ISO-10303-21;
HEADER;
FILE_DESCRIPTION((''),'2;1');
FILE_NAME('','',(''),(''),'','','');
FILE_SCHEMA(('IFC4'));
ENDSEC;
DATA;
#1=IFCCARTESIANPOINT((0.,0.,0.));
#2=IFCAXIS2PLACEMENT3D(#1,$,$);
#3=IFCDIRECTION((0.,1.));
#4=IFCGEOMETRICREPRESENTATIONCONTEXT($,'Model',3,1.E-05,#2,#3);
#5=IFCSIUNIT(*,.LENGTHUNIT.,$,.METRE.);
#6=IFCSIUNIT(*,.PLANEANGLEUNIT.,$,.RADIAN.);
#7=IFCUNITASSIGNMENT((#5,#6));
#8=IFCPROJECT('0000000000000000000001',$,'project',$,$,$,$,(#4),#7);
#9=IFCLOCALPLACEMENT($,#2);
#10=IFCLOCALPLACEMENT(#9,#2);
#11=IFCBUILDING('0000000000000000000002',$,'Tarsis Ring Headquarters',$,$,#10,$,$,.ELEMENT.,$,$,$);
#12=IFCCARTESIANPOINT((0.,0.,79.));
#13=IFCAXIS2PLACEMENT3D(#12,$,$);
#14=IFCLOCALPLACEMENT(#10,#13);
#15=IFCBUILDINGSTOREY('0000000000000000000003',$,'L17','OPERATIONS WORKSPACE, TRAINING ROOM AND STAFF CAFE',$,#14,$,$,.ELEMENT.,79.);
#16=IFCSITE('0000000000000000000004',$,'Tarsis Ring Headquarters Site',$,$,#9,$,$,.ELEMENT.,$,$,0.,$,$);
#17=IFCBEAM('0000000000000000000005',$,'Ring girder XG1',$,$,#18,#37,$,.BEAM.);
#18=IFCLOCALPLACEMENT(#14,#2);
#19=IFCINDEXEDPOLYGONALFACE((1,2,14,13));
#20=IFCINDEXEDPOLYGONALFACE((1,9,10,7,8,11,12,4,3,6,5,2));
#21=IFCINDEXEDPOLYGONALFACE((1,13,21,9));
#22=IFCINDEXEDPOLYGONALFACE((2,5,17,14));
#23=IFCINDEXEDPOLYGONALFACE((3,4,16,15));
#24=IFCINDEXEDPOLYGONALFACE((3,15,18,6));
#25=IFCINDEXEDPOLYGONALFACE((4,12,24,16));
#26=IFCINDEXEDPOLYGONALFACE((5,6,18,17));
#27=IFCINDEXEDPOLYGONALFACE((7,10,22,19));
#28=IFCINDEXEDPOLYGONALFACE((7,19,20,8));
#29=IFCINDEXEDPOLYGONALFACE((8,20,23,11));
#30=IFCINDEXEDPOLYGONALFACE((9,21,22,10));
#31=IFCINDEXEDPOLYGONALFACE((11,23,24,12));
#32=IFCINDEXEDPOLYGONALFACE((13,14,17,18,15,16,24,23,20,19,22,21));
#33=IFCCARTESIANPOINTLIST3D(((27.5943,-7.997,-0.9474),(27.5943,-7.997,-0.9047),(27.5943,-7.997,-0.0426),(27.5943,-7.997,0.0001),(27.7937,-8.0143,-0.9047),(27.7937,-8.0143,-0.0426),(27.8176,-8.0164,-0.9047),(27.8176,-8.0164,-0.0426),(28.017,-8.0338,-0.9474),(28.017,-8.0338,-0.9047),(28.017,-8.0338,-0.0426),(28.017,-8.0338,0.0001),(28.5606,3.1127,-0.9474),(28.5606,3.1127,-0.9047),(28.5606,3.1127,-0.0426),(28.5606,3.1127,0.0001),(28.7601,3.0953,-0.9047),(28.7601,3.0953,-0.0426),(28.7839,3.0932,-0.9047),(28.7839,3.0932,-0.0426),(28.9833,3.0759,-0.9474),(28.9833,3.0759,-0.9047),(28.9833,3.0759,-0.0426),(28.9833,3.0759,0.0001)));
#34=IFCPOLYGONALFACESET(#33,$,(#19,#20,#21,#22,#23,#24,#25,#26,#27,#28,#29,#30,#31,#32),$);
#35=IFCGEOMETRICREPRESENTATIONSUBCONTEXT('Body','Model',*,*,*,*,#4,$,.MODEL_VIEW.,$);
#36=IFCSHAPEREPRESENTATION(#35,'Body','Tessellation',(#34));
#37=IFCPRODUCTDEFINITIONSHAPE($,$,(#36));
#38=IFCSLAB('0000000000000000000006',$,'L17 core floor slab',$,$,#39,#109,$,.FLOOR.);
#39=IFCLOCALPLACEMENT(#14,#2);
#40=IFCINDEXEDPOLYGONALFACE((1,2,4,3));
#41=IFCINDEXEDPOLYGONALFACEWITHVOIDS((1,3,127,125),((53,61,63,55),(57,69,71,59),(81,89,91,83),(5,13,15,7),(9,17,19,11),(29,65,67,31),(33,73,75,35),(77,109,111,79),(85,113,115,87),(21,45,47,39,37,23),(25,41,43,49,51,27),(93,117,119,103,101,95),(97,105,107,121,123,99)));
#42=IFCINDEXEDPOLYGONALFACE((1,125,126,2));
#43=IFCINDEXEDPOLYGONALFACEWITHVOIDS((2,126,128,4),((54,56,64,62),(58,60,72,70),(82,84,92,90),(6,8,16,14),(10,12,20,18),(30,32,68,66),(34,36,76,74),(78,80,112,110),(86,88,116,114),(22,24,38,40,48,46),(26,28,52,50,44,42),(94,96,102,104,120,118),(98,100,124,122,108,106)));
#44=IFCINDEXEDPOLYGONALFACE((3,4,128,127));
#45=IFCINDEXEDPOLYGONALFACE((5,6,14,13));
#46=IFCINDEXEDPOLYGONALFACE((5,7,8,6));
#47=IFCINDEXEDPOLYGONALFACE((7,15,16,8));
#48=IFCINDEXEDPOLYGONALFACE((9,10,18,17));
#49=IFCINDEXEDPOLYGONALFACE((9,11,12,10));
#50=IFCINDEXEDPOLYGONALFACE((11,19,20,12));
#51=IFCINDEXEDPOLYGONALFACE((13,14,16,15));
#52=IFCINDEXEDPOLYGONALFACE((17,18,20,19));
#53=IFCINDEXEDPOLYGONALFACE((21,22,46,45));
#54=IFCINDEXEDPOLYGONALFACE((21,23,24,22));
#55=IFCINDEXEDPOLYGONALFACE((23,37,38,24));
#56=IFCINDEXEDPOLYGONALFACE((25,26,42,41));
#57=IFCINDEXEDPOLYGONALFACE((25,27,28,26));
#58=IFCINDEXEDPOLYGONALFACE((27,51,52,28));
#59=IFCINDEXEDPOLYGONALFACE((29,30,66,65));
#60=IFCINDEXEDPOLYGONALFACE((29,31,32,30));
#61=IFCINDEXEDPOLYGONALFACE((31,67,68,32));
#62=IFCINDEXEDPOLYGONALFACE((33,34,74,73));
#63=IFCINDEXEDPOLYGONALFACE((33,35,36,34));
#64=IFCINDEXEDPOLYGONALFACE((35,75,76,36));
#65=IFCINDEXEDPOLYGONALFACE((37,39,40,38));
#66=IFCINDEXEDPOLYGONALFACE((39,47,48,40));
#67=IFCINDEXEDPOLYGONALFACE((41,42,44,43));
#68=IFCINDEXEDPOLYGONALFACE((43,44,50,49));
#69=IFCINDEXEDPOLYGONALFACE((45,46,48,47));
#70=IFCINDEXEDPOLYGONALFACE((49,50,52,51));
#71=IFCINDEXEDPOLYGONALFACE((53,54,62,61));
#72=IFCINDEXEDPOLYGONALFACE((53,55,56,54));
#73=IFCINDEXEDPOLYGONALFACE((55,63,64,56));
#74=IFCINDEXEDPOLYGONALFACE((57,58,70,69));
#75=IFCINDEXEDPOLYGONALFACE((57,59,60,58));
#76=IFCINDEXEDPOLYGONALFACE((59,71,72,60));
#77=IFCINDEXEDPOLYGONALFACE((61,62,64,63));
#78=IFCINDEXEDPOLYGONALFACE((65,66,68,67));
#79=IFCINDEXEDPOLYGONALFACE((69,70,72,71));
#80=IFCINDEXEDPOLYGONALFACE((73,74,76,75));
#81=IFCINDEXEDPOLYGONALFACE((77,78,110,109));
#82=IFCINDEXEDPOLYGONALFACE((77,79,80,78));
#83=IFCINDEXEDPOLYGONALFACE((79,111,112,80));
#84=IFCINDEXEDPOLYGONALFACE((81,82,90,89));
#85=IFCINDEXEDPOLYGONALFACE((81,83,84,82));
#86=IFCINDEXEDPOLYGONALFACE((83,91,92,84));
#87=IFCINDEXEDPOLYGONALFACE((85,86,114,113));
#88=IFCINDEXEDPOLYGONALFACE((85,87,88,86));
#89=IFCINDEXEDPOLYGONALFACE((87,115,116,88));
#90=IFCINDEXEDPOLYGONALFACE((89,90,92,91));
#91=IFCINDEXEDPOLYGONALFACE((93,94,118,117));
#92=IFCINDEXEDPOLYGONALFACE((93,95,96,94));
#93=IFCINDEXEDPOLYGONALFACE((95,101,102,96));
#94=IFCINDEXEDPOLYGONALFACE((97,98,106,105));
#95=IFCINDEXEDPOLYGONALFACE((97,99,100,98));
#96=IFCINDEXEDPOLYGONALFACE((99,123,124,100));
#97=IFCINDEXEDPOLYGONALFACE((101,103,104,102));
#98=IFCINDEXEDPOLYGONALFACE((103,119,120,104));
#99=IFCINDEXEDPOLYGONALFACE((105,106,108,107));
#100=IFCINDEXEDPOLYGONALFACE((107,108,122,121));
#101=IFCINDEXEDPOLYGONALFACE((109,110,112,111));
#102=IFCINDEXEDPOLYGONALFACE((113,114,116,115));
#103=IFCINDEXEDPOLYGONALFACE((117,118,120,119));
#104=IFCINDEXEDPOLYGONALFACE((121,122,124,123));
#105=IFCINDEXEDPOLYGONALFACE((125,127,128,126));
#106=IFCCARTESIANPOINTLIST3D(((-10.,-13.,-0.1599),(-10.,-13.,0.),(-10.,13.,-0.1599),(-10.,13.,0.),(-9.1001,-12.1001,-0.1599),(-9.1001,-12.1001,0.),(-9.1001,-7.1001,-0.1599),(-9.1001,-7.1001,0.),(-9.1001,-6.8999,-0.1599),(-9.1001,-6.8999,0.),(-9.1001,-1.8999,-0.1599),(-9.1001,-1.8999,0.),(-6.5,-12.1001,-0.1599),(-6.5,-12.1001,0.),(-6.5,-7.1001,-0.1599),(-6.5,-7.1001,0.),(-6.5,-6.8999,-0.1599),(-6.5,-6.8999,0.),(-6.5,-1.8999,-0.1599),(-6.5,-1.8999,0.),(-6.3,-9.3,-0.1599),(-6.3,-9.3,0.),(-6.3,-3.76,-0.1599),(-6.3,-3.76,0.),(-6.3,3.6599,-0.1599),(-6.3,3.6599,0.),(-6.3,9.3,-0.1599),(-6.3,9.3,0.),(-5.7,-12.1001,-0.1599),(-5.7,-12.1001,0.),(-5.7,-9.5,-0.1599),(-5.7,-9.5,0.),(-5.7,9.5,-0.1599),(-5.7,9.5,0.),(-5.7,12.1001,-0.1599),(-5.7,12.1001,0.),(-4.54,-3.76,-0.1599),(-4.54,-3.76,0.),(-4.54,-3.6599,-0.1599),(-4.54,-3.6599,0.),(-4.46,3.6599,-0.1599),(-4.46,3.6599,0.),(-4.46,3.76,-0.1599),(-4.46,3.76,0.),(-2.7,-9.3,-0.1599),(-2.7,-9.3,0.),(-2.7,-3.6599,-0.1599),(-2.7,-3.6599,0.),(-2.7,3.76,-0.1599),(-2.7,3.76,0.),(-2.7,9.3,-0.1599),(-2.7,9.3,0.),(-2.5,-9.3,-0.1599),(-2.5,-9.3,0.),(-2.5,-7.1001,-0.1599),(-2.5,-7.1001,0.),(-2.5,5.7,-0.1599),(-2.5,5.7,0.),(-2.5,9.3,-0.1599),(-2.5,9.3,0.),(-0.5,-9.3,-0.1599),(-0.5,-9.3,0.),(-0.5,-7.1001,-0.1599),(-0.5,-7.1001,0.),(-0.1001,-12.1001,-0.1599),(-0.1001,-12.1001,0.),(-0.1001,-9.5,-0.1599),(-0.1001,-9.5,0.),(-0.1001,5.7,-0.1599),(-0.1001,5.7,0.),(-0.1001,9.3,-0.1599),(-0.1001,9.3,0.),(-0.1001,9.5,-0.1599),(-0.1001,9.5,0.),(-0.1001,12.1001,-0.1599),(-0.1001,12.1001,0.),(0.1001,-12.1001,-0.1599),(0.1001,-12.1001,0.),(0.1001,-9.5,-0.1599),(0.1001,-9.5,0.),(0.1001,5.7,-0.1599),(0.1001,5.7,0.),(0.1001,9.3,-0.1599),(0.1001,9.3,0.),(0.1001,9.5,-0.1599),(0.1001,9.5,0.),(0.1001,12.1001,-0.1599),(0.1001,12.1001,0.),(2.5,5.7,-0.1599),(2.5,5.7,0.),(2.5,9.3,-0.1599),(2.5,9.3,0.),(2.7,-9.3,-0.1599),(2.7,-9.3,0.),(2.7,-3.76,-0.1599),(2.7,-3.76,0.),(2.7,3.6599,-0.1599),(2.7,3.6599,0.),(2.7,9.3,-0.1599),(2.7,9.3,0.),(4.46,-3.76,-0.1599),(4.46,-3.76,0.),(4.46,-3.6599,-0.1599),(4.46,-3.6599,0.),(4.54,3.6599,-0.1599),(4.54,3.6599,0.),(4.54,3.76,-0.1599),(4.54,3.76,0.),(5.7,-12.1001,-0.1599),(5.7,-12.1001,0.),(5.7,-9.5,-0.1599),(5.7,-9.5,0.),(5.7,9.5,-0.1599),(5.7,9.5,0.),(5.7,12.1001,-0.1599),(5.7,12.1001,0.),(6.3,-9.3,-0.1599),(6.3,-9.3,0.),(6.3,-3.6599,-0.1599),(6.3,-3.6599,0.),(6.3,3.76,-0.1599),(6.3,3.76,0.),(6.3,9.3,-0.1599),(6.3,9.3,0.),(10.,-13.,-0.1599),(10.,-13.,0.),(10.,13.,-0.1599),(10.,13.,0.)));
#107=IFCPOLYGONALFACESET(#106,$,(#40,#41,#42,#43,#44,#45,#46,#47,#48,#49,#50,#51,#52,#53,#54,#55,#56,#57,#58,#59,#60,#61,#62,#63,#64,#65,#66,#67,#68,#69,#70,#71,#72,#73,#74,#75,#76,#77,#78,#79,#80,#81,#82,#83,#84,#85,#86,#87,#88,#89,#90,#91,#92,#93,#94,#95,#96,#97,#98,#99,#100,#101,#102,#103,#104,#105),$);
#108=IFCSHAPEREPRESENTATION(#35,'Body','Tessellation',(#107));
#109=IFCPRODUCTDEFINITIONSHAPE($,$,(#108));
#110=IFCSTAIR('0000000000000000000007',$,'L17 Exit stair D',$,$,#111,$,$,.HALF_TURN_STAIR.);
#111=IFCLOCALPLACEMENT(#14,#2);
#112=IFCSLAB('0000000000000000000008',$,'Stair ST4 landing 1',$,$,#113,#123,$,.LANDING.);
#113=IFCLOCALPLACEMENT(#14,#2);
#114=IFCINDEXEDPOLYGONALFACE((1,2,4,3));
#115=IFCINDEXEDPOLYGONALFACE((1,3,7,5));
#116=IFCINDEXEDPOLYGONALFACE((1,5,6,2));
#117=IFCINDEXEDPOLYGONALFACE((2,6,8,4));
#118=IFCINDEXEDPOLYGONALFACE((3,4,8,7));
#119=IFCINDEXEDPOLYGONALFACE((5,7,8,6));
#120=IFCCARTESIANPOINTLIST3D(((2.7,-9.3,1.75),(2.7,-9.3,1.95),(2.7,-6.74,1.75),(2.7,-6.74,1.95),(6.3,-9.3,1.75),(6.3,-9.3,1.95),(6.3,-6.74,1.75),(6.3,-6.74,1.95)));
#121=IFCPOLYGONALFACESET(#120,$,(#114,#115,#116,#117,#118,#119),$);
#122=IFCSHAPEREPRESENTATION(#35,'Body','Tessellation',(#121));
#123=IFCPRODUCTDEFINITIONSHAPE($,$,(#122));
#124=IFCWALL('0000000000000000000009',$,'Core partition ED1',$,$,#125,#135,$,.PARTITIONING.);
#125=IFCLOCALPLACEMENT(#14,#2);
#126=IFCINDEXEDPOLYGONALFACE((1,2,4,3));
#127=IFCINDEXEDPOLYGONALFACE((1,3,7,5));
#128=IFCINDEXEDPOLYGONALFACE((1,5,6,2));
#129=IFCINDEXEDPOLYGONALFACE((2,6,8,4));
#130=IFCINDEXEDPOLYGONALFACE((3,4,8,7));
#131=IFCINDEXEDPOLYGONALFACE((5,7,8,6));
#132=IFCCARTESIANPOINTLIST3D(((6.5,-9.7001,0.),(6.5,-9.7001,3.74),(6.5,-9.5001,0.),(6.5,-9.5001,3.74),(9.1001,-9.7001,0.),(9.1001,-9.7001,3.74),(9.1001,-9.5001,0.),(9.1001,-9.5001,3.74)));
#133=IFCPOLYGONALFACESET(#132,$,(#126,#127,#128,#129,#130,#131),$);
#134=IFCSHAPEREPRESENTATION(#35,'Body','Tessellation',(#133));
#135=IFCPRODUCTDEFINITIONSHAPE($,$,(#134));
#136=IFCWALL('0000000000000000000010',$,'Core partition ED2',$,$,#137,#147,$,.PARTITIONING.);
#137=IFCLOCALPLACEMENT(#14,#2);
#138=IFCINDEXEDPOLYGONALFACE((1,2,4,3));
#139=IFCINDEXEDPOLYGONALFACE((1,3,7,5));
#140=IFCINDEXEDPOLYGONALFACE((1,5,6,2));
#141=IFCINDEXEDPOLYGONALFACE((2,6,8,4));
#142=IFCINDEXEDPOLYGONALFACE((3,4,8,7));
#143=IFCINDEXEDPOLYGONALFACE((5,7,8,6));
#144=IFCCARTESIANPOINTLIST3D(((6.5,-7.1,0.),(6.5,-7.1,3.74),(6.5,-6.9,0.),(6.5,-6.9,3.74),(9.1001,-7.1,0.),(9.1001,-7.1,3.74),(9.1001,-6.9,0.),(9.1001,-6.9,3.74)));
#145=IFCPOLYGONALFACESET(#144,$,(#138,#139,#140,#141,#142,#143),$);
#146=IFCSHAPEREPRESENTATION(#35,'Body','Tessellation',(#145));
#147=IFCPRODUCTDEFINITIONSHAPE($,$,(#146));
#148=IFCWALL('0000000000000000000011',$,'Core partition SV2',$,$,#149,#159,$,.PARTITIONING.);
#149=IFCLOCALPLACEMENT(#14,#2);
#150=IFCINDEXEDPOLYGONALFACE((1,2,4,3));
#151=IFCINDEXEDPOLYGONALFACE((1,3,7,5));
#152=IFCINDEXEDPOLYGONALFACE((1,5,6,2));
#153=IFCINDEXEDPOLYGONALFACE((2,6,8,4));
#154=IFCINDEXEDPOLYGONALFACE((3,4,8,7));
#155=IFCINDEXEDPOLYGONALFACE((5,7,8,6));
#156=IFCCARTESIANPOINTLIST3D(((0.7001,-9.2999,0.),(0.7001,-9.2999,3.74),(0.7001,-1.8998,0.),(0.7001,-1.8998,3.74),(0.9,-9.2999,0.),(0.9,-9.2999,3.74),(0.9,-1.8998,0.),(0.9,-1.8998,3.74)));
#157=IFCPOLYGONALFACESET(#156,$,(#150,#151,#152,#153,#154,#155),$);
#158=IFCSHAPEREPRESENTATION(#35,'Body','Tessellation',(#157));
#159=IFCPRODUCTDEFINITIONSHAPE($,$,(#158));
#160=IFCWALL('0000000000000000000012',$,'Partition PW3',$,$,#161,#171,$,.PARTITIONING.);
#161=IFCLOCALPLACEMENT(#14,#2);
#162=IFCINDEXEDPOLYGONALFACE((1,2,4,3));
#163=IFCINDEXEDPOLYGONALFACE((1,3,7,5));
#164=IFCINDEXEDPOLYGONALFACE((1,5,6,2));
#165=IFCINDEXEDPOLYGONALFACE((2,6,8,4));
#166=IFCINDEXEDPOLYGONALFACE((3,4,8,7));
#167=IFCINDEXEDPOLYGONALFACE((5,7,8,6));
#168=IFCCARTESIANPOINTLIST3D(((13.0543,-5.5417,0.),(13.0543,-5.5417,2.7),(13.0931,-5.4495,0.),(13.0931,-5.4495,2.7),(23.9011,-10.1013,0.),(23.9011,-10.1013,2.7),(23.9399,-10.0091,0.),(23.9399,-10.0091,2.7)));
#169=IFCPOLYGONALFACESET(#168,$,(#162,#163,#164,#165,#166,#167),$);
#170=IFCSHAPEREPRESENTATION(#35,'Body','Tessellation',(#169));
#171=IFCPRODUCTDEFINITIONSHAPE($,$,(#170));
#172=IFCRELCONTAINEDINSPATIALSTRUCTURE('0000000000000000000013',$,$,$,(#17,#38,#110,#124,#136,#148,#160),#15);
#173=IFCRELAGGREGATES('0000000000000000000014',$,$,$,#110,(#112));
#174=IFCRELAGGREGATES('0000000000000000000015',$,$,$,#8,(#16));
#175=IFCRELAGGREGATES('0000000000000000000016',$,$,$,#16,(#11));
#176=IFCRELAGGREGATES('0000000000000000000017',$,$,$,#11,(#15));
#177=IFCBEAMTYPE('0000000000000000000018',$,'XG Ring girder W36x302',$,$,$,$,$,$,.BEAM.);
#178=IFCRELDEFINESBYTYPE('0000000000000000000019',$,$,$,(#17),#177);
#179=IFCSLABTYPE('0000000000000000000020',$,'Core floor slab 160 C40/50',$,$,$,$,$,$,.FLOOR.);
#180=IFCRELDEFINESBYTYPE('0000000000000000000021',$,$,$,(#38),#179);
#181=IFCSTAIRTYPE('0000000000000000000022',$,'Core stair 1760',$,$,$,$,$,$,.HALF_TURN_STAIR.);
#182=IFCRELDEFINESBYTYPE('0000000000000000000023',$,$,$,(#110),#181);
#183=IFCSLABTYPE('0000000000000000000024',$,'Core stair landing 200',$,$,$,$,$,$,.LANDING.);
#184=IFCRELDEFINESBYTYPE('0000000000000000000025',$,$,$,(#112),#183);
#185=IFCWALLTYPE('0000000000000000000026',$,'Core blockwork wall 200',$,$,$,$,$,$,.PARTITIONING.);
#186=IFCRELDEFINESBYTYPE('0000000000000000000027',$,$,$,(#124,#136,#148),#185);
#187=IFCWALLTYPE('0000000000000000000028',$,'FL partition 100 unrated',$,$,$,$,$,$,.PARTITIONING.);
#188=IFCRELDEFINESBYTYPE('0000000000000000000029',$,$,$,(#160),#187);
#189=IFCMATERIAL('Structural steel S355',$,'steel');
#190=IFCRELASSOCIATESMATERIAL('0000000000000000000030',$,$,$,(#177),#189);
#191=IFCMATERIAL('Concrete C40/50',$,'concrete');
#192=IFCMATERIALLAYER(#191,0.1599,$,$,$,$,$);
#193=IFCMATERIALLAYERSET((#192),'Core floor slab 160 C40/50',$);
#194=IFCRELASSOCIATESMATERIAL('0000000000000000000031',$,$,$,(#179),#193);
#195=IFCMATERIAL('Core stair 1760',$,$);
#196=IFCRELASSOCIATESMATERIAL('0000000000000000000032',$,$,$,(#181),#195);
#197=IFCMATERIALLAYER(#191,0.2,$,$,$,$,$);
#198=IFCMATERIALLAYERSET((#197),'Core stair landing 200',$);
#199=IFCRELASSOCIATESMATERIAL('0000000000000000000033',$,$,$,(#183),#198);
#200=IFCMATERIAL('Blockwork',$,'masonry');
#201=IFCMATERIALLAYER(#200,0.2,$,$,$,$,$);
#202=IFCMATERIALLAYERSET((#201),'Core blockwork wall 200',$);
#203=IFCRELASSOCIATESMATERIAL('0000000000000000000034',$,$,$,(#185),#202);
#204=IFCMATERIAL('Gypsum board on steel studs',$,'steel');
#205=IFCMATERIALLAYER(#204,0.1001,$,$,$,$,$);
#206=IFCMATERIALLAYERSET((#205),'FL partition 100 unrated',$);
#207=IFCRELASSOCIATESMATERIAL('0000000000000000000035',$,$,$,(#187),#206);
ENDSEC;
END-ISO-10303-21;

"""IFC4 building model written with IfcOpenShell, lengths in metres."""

from ifc_helpers import new_model, si_unit, direction, frame, frame_2d, origin, origin_2d, place, context, subcontext, project, spatial, polyline, rectangle, i_section, outline, extrude, material, layer, layer_set, material_profile, profile_set, type_object, element, aggregate, save


model = new_model("IFC4")

# Units and contexts
model_context = context("Model", 3, precision=1e-05, world=origin(), true_north=direction((0.0, 1.0)))
body_context = subcontext(model_context, "Body", "Model", "MODEL_VIEW")
ifc_project = project(units=[si_unit("LENGTHUNIT", "METRE"), si_unit("PLANEANGLEUNIT", "RADIAN")], contexts=[model_context])

# Site, building, storey
site_placement = place(None, origin())
site = spatial("IfcSite", under=ifc_project, at=site_placement, Name="Tarsis Ring Headquarters Site", CompositionType="ELEMENT", RefElevation=0.0)
building_placement = place(site_placement, origin())
building = spatial("IfcBuilding", under=site, at=building_placement, Name="Tarsis Ring Headquarters", CompositionType="ELEMENT")
storey_placement = place(building_placement, frame((0.0, 0.0, 79.0)))
storey = spatial("IfcBuildingStorey", under=building, at=storey_placement, Name="L17", Description="OPERATIONS WORKSPACE, TRAINING ROOM AND STAFF CAFE", CompositionType="ELEMENT", Elevation=79.0)

# Beam
ifc_material_1 = material(Name="Structural steel S355", Category="steel")
ifc_material_2 = material(Name="Concrete C40/50", Category="concrete")
ifc_material_profile_1 = material_profile(ifc_material_1, i_section(OverallWidth=0.4243, OverallDepth=0.9475, WebThickness=0.0239, FlangeThickness=0.0427, at=origin_2d()), Name="W36x302")
ifc_profile_set_1 = profile_set([ifc_material_profile_1], Name="Structural steel S355")
beam_type_1 = type_object("IfcBeamType", Name="XG Ring girder W36x302", PredefinedType="BEAM", material=ifc_profile_set_1)
beam_1_placement = place(storey_placement, frame((27.8057, -8.0154, -0.4736), z_axis=(0.086652, 0.996239, 0.0), x_axis=(-0.996239, 0.086652, 0.0)))
element("IfcBeam", 1, at=beam_1_placement, inside=storey, type_object=beam_type_1, Name="Ring girder XG1", PredefinedType="BEAM", context=body_context, shape_type="SweptSolid", body=[
    extrude(i_section(OverallWidth=0.4243, OverallDepth=0.9475, WebThickness=0.0239, FlangeThickness=0.0427, at=origin_2d()), origin(), (0.0, 0.0, 1.0), 11.1516),
])

# Slab
ifc_layer_1 = layer(ifc_material_2, 0.1599)
ifc_layer_set_1 = layer_set([ifc_layer_1], Name="Core floor slab 160 C40/50")
slab_type_1 = type_object("IfcSlabType", Name="Core floor slab 160 C40/50", PredefinedType="FLOOR", material=ifc_layer_set_1)
slab_1_placement = place(storey_placement, frame((0.0, 0.0, -0.1599)))
element("IfcSlab", 2, at=slab_1_placement, inside=storey, type_object=slab_type_1, Name="L17 core floor slab", PredefinedType="FLOOR", context=body_context, shape_type="SweptSolid", body=[
    extrude(outline(polyline([(-10.0, -13.0), (10.0, -13.0), (10.0, 13.0), (-10.0, 13.0), (-10.0, -13.0)]), holes=[polyline([(-2.5, 5.7), (-0.1001, 5.7), (-0.1001, 9.3), (-2.5, 9.3), (-2.5, 5.7)]), polyline([(0.1001, 5.7), (2.5, 5.7), (2.5, 9.3), (0.1001, 9.3), (0.1001, 5.7)]), polyline([(-9.1001, -12.1001), (-6.5, -12.1001), (-6.5, -7.1001), (-9.1001, -7.1001), (-9.1001, -12.1001)]), polyline([(-9.1001, -6.8999), (-6.5, -6.8999), (-6.5, -1.8999), (-9.1001, -1.8999), (-9.1001, -6.8999)]), polyline([(-5.7, 9.5), (-0.1001, 9.5), (-0.1001, 12.1001), (-5.7, 12.1001), (-5.7, 9.5)]), polyline([(0.1001, 9.5), (5.7, 9.5), (5.7, 12.1001), (0.1001, 12.1001), (0.1001, 9.5)]), polyline([(-5.7, -12.1001), (-0.1001, -12.1001), (-0.1001, -9.5), (-5.7, -9.5), (-5.7, -12.1001)]), polyline([(0.1001, -12.1001), (5.7, -12.1001), (5.7, -9.5), (0.1001, -9.5), (0.1001, -12.1001)]), polyline([(-2.5, -9.3), (-0.5, -9.3), (-0.5, -7.1001), (-2.5, -7.1001), (-2.5, -9.3)]), polyline([(-2.7, 3.76), (-2.7, 9.3), (-6.3, 9.3), (-6.3, 3.6599), (-4.46, 3.6599), (-4.46, 3.76), (-2.7, 3.76)]), polyline([(6.3, 3.76), (6.3, 9.3), (2.7, 9.3), (2.7, 3.6599), (4.54, 3.6599), (4.54, 3.76), (6.3, 3.76)]), polyline([(-6.3, -3.76), (-6.3, -9.3), (-2.7, -9.3), (-2.7, -3.6599), (-4.54, -3.6599), (-4.54, -3.76), (-6.3, -3.76)]), polyline([(2.7, -3.76), (2.7, -9.3), (6.3, -9.3), (6.3, -3.6599), (4.46, -3.6599), (4.46, -3.76), (2.7, -3.76)])]), origin(), (0.0, 0.0, 1.0), 0.1599),
])

# Stair, slab
ifc_material_3 = material(Name="Core stair 1760")
stair_type = type_object("IfcStairType", Name="Core stair 1760", PredefinedType="HALF_TURN_STAIR", material=ifc_material_3)
stair_placement = place(storey_placement, origin())
stair = element("IfcStair", 3, at=stair_placement, inside=storey, type_object=stair_type, Name="L17 Exit stair D", PredefinedType="HALF_TURN_STAIR")
ifc_layer_2 = layer(ifc_material_2, 0.2)
ifc_layer_set_2 = layer_set([ifc_layer_2], Name="Core stair landing 200")
slab_type_2 = type_object("IfcSlabType", Name="Core stair landing 200", PredefinedType="LANDING", material=ifc_layer_set_2)
slab_2_placement = place(storey_placement, frame((0.0, 0.0, 1.75)))
slab_2 = element("IfcSlab", 4, at=slab_2_placement, type_object=slab_type_2, Name="Stair ST4 landing 1", PredefinedType="LANDING", context=body_context, shape_type="SweptSolid", body=[
    extrude(outline(polyline([(2.7, -6.74), (2.7, -9.3), (6.3, -9.3), (6.3, -6.74), (2.7, -6.74)])), origin(), (0.0, 0.0, 1.0), 0.2),
])
aggregate(stair, [slab_2])

# Walls
ifc_material_4 = material(Name="Blockwork", Category="masonry")
ifc_layer_3 = layer(ifc_material_4, 0.2)
ifc_layer_set_3 = layer_set([ifc_layer_3], Name="Core blockwork wall 200")
wall_type_1 = type_object("IfcWallType", Name="Core blockwork wall 200", PredefinedType="PARTITIONING", material=ifc_layer_set_3)
for number, where, z_axis, x_axis, name in (
    (5, (6.5, -9.6001, 0.0), (0.0, 0.0, 1.0), (1.0, 0.0, 0.0), "Core partition ED1"),
    (6, (6.5, -7.0, 0.0), (0.0, 0.0, 1.0), (1.0, 0.0, 0.0), "Core partition ED2"),
):
    element("IfcWall", number, at=place(storey_placement, frame(where, z_axis=z_axis, x_axis=x_axis)), inside=storey, type_object=wall_type_1, Name=name, PredefinedType="PARTITIONING", context=body_context, shape_type="SweptSolid", body=[
        extrude(rectangle(XDim=2.6001, YDim=0.2, at=frame_2d((1.3, 0.0))), origin(), (0.0, 0.0, 1.0), 3.74),
    ])
wall_1_placement = place(storey_placement, frame((0.8, -9.3, 0.0), z_axis=(0.0, 0.0, 1.0), x_axis=(0.0, 1.0, 0.0)))
element("IfcWall", 7, at=wall_1_placement, inside=storey, type_object=wall_type_1, Name="Core partition SV2", PredefinedType="PARTITIONING", context=body_context, shape_type="SweptSolid", body=[
    extrude(rectangle(XDim=7.4001, YDim=0.2, at=frame_2d((3.7002, 0.0))), origin(), (0.0, 0.0, 1.0), 3.74),
])
ifc_material_5 = material(Name="Gypsum board on steel studs", Category="steel")
ifc_layer_4 = layer(ifc_material_5, 0.1001)
ifc_layer_set_4 = layer_set([ifc_layer_4], Name="FL partition 100 unrated")
wall_type_2 = type_object("IfcWallType", Name="FL partition 100 unrated", PredefinedType="PARTITIONING", material=ifc_layer_set_4)
wall_2_placement = place(storey_placement, frame((13.0737, -5.4956, 0.0), z_axis=(0.0, 0.0, 1.0), x_axis=(0.921862, -0.387519, 0.0)))
element("IfcWall", 8, at=wall_2_placement, inside=storey, type_object=wall_type_2, Name="Partition PW3", PredefinedType="PARTITIONING", context=body_context, shape_type="SweptSolid", body=[
    extrude(rectangle(XDim=11.7661, YDim=0.1001, at=frame_2d((5.8831, 0.0))), origin(), (0.0, 0.0, 1.0), 2.7),
])

save(model, "model.ifc")
